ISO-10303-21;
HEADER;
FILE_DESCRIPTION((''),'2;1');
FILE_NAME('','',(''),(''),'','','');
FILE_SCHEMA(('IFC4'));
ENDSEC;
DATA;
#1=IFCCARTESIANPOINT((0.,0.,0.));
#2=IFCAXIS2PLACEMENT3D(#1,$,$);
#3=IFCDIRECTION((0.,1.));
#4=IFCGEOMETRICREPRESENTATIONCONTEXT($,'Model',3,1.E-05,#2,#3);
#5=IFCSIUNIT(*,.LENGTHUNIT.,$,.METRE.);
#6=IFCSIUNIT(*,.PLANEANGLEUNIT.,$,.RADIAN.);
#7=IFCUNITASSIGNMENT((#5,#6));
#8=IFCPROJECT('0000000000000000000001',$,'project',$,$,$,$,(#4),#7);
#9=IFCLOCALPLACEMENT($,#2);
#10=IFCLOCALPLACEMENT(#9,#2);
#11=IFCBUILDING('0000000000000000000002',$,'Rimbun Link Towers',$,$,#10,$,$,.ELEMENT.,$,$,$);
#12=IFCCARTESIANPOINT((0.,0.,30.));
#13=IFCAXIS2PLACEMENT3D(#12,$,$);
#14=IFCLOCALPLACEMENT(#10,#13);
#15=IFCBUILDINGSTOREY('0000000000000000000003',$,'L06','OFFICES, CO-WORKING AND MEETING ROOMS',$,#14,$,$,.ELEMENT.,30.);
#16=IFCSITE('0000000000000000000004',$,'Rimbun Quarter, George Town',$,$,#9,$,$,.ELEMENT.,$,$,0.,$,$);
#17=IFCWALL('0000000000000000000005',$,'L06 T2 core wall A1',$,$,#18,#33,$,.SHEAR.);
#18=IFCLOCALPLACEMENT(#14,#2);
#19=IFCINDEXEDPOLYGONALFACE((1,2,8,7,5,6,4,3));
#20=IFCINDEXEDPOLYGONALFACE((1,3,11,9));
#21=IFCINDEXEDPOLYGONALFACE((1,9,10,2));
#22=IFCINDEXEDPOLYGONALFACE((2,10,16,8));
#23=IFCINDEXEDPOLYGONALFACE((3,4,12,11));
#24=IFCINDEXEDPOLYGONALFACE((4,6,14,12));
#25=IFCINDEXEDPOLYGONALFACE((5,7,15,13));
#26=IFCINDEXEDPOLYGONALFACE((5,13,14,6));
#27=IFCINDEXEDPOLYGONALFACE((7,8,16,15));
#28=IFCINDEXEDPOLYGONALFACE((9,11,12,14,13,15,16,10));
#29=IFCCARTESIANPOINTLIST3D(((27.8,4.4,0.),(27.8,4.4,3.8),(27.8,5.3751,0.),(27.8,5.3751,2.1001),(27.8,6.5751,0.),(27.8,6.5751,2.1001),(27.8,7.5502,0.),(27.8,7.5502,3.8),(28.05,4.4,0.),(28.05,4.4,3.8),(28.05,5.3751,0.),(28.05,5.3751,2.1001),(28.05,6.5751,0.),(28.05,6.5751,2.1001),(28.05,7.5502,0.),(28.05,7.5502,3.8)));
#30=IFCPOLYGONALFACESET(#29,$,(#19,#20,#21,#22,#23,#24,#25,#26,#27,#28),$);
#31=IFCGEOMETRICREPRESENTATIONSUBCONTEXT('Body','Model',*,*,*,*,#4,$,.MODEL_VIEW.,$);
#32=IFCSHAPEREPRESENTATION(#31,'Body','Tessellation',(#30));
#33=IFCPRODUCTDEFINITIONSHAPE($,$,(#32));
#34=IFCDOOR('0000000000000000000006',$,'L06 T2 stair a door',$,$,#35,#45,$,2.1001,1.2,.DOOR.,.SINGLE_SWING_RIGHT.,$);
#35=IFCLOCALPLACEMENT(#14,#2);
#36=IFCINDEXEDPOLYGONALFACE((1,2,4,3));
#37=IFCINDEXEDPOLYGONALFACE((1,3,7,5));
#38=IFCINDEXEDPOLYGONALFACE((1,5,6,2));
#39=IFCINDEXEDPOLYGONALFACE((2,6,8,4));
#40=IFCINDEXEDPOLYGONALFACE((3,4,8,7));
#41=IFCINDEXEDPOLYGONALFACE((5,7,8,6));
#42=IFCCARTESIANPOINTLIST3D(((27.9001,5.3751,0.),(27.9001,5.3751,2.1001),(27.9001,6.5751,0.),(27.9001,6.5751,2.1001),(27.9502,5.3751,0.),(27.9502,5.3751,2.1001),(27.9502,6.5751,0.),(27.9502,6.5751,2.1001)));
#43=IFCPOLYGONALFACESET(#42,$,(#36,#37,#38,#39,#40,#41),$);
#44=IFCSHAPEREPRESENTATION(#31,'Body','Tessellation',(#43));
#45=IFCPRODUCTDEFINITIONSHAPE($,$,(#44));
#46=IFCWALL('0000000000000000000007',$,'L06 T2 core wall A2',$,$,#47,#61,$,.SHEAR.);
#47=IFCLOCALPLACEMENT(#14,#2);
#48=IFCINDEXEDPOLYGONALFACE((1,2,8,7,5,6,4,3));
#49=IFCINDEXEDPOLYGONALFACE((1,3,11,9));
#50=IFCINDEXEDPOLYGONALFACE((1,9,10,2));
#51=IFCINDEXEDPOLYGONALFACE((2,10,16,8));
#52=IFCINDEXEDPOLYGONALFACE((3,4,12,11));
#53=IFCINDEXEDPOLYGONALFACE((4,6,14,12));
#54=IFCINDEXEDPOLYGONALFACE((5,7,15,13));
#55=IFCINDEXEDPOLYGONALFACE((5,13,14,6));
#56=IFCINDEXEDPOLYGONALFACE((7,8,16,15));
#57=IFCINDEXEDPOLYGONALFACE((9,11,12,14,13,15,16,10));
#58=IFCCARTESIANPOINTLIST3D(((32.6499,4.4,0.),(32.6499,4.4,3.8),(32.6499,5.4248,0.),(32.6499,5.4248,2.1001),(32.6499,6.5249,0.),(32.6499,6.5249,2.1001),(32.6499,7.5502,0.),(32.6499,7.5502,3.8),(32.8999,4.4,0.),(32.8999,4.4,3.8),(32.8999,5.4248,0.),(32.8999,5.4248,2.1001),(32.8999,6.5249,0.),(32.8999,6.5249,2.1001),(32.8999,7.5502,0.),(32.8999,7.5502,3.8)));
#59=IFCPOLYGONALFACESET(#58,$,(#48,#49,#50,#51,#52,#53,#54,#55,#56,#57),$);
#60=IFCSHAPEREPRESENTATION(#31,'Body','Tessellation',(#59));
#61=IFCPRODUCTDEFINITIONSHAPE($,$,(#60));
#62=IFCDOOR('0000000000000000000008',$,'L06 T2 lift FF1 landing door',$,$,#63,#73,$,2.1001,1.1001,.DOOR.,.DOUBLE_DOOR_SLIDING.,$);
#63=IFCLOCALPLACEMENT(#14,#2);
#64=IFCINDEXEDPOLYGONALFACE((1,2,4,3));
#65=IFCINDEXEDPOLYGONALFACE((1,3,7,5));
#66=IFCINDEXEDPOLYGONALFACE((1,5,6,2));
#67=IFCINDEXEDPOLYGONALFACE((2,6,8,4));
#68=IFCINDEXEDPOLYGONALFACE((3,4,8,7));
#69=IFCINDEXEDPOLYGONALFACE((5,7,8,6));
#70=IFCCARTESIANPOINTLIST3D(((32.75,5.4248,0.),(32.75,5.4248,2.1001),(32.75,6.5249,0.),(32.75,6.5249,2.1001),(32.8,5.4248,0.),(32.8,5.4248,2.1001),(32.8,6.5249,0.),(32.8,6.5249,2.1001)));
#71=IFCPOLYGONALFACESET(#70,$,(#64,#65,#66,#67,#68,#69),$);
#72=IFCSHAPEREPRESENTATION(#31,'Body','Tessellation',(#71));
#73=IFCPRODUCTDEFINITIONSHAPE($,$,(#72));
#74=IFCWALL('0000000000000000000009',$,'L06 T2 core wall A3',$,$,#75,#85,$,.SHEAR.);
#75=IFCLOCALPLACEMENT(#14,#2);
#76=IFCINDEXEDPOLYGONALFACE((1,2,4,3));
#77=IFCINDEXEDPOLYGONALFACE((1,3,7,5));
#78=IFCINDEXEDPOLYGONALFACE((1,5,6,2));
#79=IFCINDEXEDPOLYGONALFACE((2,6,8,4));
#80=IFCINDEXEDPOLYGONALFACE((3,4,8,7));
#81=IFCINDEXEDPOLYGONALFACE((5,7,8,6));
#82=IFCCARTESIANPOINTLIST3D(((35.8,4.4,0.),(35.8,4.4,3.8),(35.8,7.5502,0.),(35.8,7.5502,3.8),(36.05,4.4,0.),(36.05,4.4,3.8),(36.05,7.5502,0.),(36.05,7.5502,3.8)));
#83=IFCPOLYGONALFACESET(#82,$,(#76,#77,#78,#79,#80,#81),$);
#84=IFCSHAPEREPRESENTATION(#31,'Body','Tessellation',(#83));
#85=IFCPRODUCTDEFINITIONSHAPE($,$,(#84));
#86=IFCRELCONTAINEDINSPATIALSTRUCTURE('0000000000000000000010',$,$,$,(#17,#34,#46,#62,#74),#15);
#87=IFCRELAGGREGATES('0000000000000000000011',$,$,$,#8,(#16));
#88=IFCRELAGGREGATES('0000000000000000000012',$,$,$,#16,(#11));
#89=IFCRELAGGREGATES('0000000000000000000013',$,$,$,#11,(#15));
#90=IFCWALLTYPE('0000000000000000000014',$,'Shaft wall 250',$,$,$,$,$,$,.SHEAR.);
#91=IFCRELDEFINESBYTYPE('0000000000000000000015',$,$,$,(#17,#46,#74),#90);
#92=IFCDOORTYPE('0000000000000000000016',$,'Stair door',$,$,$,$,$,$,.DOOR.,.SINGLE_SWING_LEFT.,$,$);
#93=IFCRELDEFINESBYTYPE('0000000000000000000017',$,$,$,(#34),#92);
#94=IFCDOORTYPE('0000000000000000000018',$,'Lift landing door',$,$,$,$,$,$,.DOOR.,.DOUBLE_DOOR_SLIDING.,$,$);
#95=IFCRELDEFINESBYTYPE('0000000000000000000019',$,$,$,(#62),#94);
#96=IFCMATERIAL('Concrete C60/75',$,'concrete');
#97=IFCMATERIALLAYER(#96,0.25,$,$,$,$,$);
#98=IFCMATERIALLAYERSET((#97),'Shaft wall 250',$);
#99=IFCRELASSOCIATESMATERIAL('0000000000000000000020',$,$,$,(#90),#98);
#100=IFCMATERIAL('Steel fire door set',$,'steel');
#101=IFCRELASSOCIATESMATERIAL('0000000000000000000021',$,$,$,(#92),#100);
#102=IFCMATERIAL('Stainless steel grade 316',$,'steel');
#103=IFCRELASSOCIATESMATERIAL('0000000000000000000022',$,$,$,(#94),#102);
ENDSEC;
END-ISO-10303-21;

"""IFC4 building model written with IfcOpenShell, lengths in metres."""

from ifc_helpers import new_model, si_unit, direction, frame, frame_2d, origin, place, context, subcontext, project, spatial, rectangle, extrude, material, layer, layer_set, type_object, element, fill, save


model = new_model("IFC4")

# Units and contexts
model_context = context("Model", 3, precision=1e-05, world=origin(), true_north=direction((0.0, 1.0)))
body_context = subcontext(model_context, "Body", "Model", "MODEL_VIEW")
ifc_project = project(units=[si_unit("LENGTHUNIT", "METRE"), si_unit("PLANEANGLEUNIT", "RADIAN")], contexts=[model_context])

# Site, building, storey
site_placement = place(None, origin())
site = spatial("IfcSite", under=ifc_project, at=site_placement, Name="Rimbun Quarter, George Town", CompositionType="ELEMENT", RefElevation=0.0)
building_placement = place(site_placement, origin())
building = spatial("IfcBuilding", under=site, at=building_placement, Name="Rimbun Link Towers", CompositionType="ELEMENT")
storey_placement = place(building_placement, frame((0.0, 0.0, 30.0)))
storey = spatial("IfcBuildingStorey", under=building, at=storey_placement, Name="L06", Description="OFFICES, CO-WORKING AND MEETING ROOMS", CompositionType="ELEMENT", Elevation=30.0)

# Shared definitions
ifc_material_1 = material(Name="Concrete C60/75", Category="concrete")
ifc_layer = layer(ifc_material_1, 0.25)
ifc_layer_set = layer_set([ifc_layer], Name="Shaft wall 250")
wall_type = type_object("IfcWallType", Name="Shaft wall 250", PredefinedType="SHEAR", material=ifc_layer_set)

# Walls, openings, doors
wall_1_placement = place(storey_placement, frame((27.925, 4.3999, 0.0), z_axis=(0.0, 0.0, 1.0), x_axis=(0.0, 1.0, 0.0)))
wall_1 = element("IfcWall", 1, at=wall_1_placement, inside=storey, type_object=wall_type, Name="L06 T2 core wall A1", PredefinedType="SHEAR", context=body_context, shape_type="SweptSolid", body=[
    extrude(rectangle(XDim=3.1501, YDim=0.25, at=frame_2d((1.5752, 0.0))), origin(), (0.0, 0.0, 1.0), 3.8),
])
opening_1_placement = place(wall_1_placement, frame((0.9751, 0.0, 0.0)))
opening_1 = element("IfcOpeningElement", 2, at=opening_1_placement, cuts=wall_1, PredefinedType="OPENING", context=body_context, shape_type="SweptSolid", body=[
    extrude(rectangle(XDim=1.2, YDim=2.1001, at=frame_2d((0.6001, 1.05))), frame((0.0, 0.135, 0.0), z_axis=(0.0, -1.0, 0.0), x_axis=(1.0, 0.0, 0.0)), (0.0, 0.0, 1.0), 0.27),
])
ifc_material_2 = material(Name="Steel fire door set", Category="steel")
door_type_1 = type_object("IfcDoorType", Name="Stair door", OperationType="SINGLE_SWING_LEFT", PredefinedType="DOOR", material=ifc_material_2)
door_1_placement = place(opening_1_placement, origin())
door_1 = element("IfcDoor", 3, at=door_1_placement, inside=storey, type_object=door_type_1, Name="L06 T2 stair a door", OperationType="SINGLE_SWING_RIGHT", OverallHeight=2.1001, OverallWidth=1.2, PredefinedType="DOOR", context=body_context, shape_type="SweptSolid", body=[
    extrude(rectangle(XDim=1.2, YDim=2.1001, at=frame_2d((0.6001, 1.05))), frame((0.0, 0.0249, 0.0), z_axis=(0.0, -1.0, 0.0), x_axis=(1.0, 0.0, 0.0)), (0.0, 0.0, 1.0), 0.05),
])
fill(opening_1, door_1)
wall_2_placement = place(storey_placement, frame((32.7749, 4.3999, 0.0), z_axis=(0.0, 0.0, 1.0), x_axis=(0.0, 1.0, 0.0)))
wall_2 = element("IfcWall", 4, at=wall_2_placement, inside=storey, type_object=wall_type, Name="L06 T2 core wall A2", PredefinedType="SHEAR", context=body_context, shape_type="SweptSolid", body=[
    extrude(rectangle(XDim=3.1501, YDim=0.25, at=frame_2d((1.5752, 0.0))), origin(), (0.0, 0.0, 1.0), 3.8),
])
opening_2_placement = place(wall_2_placement, frame((1.0249, 0.0, 0.0)))
opening_2 = element("IfcOpeningElement", 5, at=opening_2_placement, cuts=wall_2, PredefinedType="OPENING", context=body_context, shape_type="SweptSolid", body=[
    extrude(rectangle(XDim=1.1001, YDim=2.1001, at=frame_2d((0.55, 1.05))), frame((0.0, 0.135, 0.0), z_axis=(0.0, -1.0, 0.0), x_axis=(1.0, 0.0, 0.0)), (0.0, 0.0, 1.0), 0.27),
])
ifc_material_3 = material(Name="Stainless steel grade 316", Category="steel")
door_type_2 = type_object("IfcDoorType", Name="Lift landing door", OperationType="DOUBLE_DOOR_SLIDING", PredefinedType="DOOR", material=ifc_material_3)
door_2_placement = place(opening_2_placement, origin())
door_2 = element("IfcDoor", 6, at=door_2_placement, inside=storey, type_object=door_type_2, Name="L06 T2 lift FF1 landing door", OperationType="DOUBLE_DOOR_SLIDING", OverallHeight=2.1001, OverallWidth=1.1001, PredefinedType="DOOR", context=body_context, shape_type="SweptSolid", body=[
    extrude(rectangle(XDim=1.1001, YDim=2.1001, at=frame_2d((0.55, 1.05))), frame((0.0, 0.0249, 0.0), z_axis=(0.0, -1.0, 0.0), x_axis=(1.0, 0.0, 0.0)), (0.0, 0.0, 1.0), 0.05),
])
fill(opening_2, door_2)

# Wall
wall_3_placement = place(storey_placement, frame((35.925, 4.3999, 0.0), z_axis=(0.0, 0.0, 1.0), x_axis=(0.0, 1.0, 0.0)))
element("IfcWall", 7, at=wall_3_placement, inside=storey, type_object=wall_type, Name="L06 T2 core wall A3", PredefinedType="SHEAR", context=body_context, shape_type="SweptSolid", body=[
    extrude(rectangle(XDim=3.1501, YDim=0.25, at=frame_2d((1.5752, 0.0))), origin(), (0.0, 0.0, 1.0), 3.8),
])

save(model, "model.ifc")
